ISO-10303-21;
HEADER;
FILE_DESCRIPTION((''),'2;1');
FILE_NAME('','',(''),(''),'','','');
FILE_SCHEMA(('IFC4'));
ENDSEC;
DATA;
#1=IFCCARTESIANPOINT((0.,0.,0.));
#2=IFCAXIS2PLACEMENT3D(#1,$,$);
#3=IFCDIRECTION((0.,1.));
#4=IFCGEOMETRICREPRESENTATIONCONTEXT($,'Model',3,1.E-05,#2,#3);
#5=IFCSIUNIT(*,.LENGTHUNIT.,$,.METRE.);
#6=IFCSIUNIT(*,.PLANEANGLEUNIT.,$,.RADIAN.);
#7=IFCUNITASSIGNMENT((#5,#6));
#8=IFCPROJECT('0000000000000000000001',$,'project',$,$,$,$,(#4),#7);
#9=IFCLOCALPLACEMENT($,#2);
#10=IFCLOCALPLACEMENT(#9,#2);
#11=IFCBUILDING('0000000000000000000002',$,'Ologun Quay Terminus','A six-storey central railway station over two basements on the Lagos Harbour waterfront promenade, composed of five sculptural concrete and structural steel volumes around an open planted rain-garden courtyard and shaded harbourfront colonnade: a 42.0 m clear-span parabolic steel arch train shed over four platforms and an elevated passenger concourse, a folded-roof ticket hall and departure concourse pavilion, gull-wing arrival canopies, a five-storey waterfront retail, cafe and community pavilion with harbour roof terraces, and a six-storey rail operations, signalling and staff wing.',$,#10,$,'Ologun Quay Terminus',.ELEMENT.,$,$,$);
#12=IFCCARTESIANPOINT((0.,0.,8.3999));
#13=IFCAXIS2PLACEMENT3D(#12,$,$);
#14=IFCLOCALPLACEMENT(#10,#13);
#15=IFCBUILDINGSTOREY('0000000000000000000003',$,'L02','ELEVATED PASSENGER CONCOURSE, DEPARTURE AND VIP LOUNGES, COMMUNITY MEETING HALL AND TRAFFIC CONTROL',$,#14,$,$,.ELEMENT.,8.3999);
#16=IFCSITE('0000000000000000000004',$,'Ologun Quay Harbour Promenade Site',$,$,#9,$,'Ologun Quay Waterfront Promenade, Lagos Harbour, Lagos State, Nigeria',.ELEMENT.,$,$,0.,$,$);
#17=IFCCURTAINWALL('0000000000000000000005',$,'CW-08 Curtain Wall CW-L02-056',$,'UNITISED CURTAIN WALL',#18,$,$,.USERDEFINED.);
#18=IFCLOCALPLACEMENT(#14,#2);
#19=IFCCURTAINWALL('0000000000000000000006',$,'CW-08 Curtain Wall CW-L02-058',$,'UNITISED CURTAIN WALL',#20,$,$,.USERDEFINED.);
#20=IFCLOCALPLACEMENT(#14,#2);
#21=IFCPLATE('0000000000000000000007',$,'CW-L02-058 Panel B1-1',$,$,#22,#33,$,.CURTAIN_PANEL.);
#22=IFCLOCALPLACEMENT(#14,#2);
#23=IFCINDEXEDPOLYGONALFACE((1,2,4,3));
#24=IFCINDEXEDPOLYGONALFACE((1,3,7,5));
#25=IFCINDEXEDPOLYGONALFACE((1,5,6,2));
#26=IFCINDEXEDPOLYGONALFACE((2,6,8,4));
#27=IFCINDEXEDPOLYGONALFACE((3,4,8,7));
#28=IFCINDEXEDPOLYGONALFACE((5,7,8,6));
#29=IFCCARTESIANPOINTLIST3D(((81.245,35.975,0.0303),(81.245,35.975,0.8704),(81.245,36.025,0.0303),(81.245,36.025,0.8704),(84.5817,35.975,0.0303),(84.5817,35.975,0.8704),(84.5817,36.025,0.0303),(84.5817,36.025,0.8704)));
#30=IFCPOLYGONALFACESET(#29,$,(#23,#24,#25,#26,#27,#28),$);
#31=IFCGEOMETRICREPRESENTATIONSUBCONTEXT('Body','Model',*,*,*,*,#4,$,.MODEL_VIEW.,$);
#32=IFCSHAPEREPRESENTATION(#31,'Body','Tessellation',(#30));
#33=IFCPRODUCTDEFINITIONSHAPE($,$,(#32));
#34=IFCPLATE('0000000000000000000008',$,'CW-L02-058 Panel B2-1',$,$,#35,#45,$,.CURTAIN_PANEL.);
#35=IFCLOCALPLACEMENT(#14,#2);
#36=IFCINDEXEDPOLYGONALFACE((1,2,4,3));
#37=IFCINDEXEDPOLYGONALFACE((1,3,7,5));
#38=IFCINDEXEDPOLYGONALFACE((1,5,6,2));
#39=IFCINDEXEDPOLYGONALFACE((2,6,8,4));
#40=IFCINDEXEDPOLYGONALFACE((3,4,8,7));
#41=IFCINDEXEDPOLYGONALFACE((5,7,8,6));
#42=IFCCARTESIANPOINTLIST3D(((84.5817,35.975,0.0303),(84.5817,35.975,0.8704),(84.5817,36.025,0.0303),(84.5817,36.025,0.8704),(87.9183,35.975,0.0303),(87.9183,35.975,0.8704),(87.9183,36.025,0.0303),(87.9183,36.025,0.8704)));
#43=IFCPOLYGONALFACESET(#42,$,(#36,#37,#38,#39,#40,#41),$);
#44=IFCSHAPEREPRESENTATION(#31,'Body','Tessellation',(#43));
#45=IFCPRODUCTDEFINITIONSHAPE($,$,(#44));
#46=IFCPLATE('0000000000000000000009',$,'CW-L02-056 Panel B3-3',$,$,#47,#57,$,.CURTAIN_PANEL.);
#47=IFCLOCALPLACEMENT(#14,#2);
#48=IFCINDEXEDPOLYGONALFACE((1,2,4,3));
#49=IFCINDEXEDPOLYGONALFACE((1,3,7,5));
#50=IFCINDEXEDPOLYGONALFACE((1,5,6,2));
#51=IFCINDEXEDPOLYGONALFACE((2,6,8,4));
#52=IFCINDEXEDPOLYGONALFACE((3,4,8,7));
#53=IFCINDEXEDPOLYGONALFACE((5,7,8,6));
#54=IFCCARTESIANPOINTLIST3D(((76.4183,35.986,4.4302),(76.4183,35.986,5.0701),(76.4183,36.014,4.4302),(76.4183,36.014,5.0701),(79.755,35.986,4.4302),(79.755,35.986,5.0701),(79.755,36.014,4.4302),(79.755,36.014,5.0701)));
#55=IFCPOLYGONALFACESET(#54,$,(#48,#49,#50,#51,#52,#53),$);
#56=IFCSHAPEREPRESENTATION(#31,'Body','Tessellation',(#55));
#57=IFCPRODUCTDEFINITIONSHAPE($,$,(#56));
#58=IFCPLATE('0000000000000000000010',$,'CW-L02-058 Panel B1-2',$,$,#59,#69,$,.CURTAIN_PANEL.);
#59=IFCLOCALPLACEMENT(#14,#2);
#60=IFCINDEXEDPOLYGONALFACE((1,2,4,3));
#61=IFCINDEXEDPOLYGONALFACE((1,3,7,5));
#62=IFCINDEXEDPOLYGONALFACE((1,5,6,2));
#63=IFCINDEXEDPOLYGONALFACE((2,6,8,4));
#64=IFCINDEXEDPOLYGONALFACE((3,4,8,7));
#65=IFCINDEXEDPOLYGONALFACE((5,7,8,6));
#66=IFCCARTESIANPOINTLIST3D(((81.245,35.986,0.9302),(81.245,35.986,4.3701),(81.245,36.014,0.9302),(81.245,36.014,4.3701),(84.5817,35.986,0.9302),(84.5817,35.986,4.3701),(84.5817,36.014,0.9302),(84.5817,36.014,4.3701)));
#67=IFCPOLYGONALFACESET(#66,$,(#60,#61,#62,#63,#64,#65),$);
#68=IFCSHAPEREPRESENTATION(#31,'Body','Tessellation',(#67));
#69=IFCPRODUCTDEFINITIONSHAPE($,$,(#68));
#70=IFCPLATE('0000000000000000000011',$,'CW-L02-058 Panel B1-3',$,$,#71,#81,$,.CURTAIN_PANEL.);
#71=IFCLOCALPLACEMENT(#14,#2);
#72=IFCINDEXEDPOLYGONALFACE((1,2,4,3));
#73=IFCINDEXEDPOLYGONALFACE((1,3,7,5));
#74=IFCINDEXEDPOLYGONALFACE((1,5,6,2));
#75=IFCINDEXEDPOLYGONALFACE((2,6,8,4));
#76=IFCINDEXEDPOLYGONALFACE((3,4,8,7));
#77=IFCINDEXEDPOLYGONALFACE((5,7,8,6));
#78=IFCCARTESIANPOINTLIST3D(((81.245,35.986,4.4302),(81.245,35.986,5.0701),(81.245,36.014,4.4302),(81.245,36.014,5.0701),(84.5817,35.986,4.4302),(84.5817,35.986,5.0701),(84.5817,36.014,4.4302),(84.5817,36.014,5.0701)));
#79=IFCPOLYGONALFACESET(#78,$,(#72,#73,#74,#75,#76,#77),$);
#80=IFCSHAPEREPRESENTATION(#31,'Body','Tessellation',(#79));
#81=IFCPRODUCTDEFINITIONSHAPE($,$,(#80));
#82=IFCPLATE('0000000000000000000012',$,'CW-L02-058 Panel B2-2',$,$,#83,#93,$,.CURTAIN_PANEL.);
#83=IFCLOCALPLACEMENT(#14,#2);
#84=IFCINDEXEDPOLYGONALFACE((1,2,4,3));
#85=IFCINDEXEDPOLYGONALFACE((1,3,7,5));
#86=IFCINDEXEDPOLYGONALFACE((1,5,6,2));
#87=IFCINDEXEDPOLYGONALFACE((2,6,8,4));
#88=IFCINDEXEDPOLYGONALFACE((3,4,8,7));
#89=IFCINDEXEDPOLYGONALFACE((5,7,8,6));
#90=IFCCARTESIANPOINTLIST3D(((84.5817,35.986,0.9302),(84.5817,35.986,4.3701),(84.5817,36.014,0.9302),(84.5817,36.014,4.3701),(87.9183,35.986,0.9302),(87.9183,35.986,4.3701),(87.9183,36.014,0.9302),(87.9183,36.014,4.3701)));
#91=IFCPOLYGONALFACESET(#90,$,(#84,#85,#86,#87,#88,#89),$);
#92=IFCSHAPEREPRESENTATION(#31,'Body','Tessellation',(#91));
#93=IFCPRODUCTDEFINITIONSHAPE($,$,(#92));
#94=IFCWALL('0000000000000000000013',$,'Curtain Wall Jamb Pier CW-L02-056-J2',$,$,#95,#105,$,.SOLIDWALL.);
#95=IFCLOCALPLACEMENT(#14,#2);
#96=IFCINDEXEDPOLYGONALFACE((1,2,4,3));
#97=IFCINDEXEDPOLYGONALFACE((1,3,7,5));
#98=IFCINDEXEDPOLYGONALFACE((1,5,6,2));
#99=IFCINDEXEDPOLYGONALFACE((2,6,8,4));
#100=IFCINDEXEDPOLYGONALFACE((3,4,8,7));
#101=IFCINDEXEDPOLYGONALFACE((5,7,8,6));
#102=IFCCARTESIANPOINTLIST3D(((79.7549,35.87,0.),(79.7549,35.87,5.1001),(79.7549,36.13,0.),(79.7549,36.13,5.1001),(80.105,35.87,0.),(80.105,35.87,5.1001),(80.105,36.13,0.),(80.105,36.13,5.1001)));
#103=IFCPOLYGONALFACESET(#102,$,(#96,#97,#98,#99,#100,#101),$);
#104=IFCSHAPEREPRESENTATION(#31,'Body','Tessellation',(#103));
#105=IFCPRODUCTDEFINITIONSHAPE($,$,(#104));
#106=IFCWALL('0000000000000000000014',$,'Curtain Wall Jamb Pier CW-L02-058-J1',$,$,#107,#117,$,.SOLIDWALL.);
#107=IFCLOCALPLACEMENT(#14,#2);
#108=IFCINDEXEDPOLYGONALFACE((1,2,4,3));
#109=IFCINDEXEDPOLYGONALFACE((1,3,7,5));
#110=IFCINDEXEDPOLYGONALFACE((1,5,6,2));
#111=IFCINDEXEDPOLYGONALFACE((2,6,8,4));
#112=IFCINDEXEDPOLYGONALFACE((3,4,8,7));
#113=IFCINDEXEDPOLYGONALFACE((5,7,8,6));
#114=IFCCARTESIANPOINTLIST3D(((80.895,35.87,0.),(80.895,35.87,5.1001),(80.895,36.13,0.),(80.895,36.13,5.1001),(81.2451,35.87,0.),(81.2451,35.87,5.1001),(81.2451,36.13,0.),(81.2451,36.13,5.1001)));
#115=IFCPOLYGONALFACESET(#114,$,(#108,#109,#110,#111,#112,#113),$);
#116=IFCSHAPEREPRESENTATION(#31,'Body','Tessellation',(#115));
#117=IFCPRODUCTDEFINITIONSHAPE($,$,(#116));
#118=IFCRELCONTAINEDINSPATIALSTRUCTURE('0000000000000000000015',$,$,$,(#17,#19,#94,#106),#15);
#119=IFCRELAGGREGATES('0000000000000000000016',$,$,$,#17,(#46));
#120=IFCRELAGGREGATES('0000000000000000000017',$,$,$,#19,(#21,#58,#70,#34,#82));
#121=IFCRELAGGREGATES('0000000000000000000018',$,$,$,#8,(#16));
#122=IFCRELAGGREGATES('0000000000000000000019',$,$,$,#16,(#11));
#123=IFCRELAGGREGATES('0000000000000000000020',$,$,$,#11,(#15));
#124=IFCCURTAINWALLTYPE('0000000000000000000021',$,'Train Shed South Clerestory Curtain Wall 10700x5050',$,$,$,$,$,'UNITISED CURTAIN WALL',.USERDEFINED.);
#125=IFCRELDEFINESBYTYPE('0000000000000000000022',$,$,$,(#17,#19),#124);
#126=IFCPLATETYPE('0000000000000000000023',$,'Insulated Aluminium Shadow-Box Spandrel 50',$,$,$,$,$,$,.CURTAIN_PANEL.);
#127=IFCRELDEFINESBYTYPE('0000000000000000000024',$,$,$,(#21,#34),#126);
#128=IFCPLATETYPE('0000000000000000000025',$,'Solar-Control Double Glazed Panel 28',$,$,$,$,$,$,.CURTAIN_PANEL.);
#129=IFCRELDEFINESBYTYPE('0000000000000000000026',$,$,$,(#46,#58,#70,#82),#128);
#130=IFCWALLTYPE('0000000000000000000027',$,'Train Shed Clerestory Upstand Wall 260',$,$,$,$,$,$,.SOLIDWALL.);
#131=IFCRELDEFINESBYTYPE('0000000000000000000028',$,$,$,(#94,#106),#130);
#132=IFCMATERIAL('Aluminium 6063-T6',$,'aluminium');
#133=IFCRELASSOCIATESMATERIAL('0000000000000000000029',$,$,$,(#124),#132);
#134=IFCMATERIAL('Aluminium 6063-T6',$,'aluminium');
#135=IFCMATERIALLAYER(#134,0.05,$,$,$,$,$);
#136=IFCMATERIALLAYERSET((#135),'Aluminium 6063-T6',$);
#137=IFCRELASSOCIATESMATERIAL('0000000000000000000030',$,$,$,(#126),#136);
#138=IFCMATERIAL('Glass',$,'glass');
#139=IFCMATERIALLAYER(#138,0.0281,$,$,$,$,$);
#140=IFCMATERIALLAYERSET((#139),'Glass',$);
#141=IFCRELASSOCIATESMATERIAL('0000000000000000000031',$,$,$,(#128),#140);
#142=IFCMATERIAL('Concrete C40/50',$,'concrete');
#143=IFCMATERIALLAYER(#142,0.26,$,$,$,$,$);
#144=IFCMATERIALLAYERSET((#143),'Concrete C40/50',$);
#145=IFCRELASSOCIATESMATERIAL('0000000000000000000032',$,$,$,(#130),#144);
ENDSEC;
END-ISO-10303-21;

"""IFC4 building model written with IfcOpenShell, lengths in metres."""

from ifc_helpers import new_model, si_unit, direction, frame, frame_2d, origin, origin_2d, place, context, subcontext, project, spatial, rectangle, extrude, material, layer, layer_set, type_object, element, aggregate, save


model = new_model("IFC4")

# Units and contexts
model_context = context("Model", 3, precision=1e-05, world=origin(), true_north=direction((0.0, 1.0)))
body_context = subcontext(model_context, "Body", "Model", "MODEL_VIEW")
ifc_project = project(units=[si_unit("LENGTHUNIT", "METRE"), si_unit("PLANEANGLEUNIT", "RADIAN")], contexts=[model_context])

# Site, building, storey
site_placement = place(None, origin())
site = spatial("IfcSite", under=ifc_project, at=site_placement, Name="Ologun Quay Harbour Promenade Site", LongName="Ologun Quay Waterfront Promenade, Lagos Harbour, Lagos State, Nigeria", CompositionType="ELEMENT", RefElevation=0.0)
building_placement = place(site_placement, origin())
building = spatial("IfcBuilding", under=site, at=building_placement, Name="Ologun Quay Terminus", Description="A six-storey central railway station over two basements on the Lagos Harbour waterfront promenade, composed of five sculptural concrete and structural steel volumes around an open planted rain-garden courtyard and shaded harbourfront colonnade: a 42.0 m clear-span parabolic steel arch train shed over four platforms and an elevated passenger concourse, a folded-roof ticket hall and departure concourse pavilion, gull-wing arrival canopies, a five-storey waterfront retail, cafe and community pavilion with harbour roof terraces, and a six-storey rail operations, signalling and staff wing.", LongName="Ologun Quay Terminus", CompositionType="ELEMENT")
storey_placement = place(building_placement, frame((0.0, 0.0, 8.3999)))
storey = spatial("IfcBuildingStorey", under=building, at=storey_placement, Name="L02", Description="ELEVATED PASSENGER CONCOURSE, DEPARTURE AND VIP LOUNGES, COMMUNITY MEETING HALL AND TRAFFIC CONTROL", CompositionType="ELEMENT", Elevation=8.3999)

# Curtain wall
ifc_material_1 = material(Name="Aluminium 6063-T6", Category="aluminium")
curtain_wall_type = type_object("IfcCurtainWallType", Name="Train Shed South Clerestory Curtain Wall 10700x5050", ElementType="UNITISED CURTAIN WALL", PredefinedType="USERDEFINED", material=ifc_material_1)
curtain_wall_1_placement = place(storey_placement, origin())
curtain_wall_1 = element("IfcCurtainWall", 1, at=curtain_wall_1_placement, inside=storey, type_object=curtain_wall_type, Name="CW-08 Curtain Wall CW-L02-056", ObjectType="UNITISED CURTAIN WALL", PredefinedType="USERDEFINED")

# Curtain wall
curtain_wall_2_placement = place(storey_placement, origin())
curtain_wall_2 = element("IfcCurtainWall", 2, at=curtain_wall_2_placement, inside=storey, type_object=curtain_wall_type, Name="CW-08 Curtain Wall CW-L02-058", ObjectType="UNITISED CURTAIN WALL", PredefinedType="USERDEFINED")

# Plates
ifc_material_2 = material(Name="Aluminium 6063-T6", Category="aluminium")
ifc_layer_1 = layer(ifc_material_2, 0.05)
ifc_layer_set_1 = layer_set([ifc_layer_1], Name="Aluminium 6063-T6")
plate_type_1 = type_object("IfcPlateType", Name="Insulated Aluminium Shadow-Box Spandrel 50", PredefinedType="CURTAIN_PANEL", material=ifc_layer_set_1)
plate_1_placement = place(storey_placement, frame((82.9133, 36.0, 0.0303), z_axis=(0.0, 0.0, 1.0), x_axis=(1.0, 0.0, 0.0)))
plate_1 = element("IfcPlate", 3, at=plate_1_placement, type_object=plate_type_1, Name="CW-L02-058 Panel B1-1", PredefinedType="CURTAIN_PANEL", context=body_context, shape_type="SweptSolid", body=[
    extrude(rectangle(XDim=3.3367, YDim=0.05, at=origin_2d()), origin(), (0.0, 0.0, 1.0), 0.8401),
])
plate_2_placement = place(storey_placement, frame((86.25, 36.0, 0.0303), z_axis=(0.0, 0.0, 1.0), x_axis=(1.0, 0.0, 0.0)))
plate_2 = element("IfcPlate", 4, at=plate_2_placement, type_object=plate_type_1, Name="CW-L02-058 Panel B2-1", PredefinedType="CURTAIN_PANEL", context=body_context, shape_type="SweptSolid", body=[
    extrude(rectangle(XDim=3.3367, YDim=0.05, at=origin_2d()), origin(), (0.0, 0.0, 1.0), 0.8401),
])
ifc_material_3 = material(Name="Glass", Category="glass")
ifc_layer_2 = layer(ifc_material_3, 0.0281)
ifc_layer_set_2 = layer_set([ifc_layer_2], Name="Glass")
plate_type_2 = type_object("IfcPlateType", Name="Solar-Control Double Glazed Panel 28", PredefinedType="CURTAIN_PANEL", material=ifc_layer_set_2)
plate_3_placement = place(storey_placement, frame((78.0867, 36.0, 4.4302), z_axis=(0.0, 0.0, 1.0), x_axis=(1.0, 0.0, 0.0)))
plate_3 = element("IfcPlate", 5, at=plate_3_placement, type_object=plate_type_2, Name="CW-L02-056 Panel B3-3", PredefinedType="CURTAIN_PANEL", context=body_context, shape_type="SweptSolid", body=[
    extrude(rectangle(XDim=3.3367, YDim=0.0281, at=origin_2d()), origin(), (0.0, 0.0, 1.0), 0.6399),
])
aggregate(curtain_wall_1, [plate_3])
plate_4_placement = place(storey_placement, frame((82.9133, 36.0, 0.9302), z_axis=(0.0, 0.0, 1.0), x_axis=(1.0, 0.0, 0.0)))
plate_4 = element("IfcPlate", 6, at=plate_4_placement, type_object=plate_type_2, Name="CW-L02-058 Panel B1-2", PredefinedType="CURTAIN_PANEL", context=body_context, shape_type="SweptSolid", body=[
    extrude(rectangle(XDim=3.3367, YDim=0.0281, at=origin_2d()), origin(), (0.0, 0.0, 1.0), 3.4399),
])
plate_5_placement = place(storey_placement, frame((82.9133, 36.0, 4.4302), z_axis=(0.0, 0.0, 1.0), x_axis=(1.0, 0.0, 0.0)))
plate_5 = element("IfcPlate", 7, at=plate_5_placement, type_object=plate_type_2, Name="CW-L02-058 Panel B1-3", PredefinedType="CURTAIN_PANEL", context=body_context, shape_type="SweptSolid", body=[
    extrude(rectangle(XDim=3.3367, YDim=0.0281, at=origin_2d()), origin(), (0.0, 0.0, 1.0), 0.6399),
])
plate_6_placement = place(storey_placement, frame((86.25, 36.0, 0.9302), z_axis=(0.0, 0.0, 1.0), x_axis=(1.0, 0.0, 0.0)))
plate_6 = element("IfcPlate", 8, at=plate_6_placement, type_object=plate_type_2, Name="CW-L02-058 Panel B2-2", PredefinedType="CURTAIN_PANEL", context=body_context, shape_type="SweptSolid", body=[
    extrude(rectangle(XDim=3.3367, YDim=0.0281, at=origin_2d()), origin(), (0.0, 0.0, 1.0), 3.4399),
])
aggregate(curtain_wall_2, [plate_1, plate_4, plate_5, plate_2, plate_6])

# Walls
ifc_material_4 = material(Name="Concrete C40/50", Category="concrete")
ifc_layer_3 = layer(ifc_material_4, 0.26)
ifc_layer_set_3 = layer_set([ifc_layer_3], Name="Concrete C40/50")
wall_type = type_object("IfcWallType", Name="Train Shed Clerestory Upstand Wall 260", PredefinedType="SOLIDWALL", material=ifc_layer_set_3)
for number, where, z_axis, x_axis, name in (
    (9, (79.7549, 36.0, 0.0), (0.0, 0.0, 1.0), (1.0, 0.0, 0.0), "Curtain Wall Jamb Pier CW-L02-056-J2"),
    (10, (80.895, 36.0, 0.0), (0.0, 0.0, 1.0), (1.0, 0.0, 0.0), "Curtain Wall Jamb Pier CW-L02-058-J1"),
):
    element("IfcWall", number, at=place(storey_placement, frame(where, z_axis=z_axis, x_axis=x_axis)), inside=storey, type_object=wall_type, Name=name, PredefinedType="SOLIDWALL", context=body_context, shape_type="SweptSolid", body=[
        extrude(rectangle(XDim=0.3501, YDim=0.26, at=frame_2d((0.175, 0.0))), origin(), (0.0, 0.0, 1.0), 5.1001),
    ])

save(model, "model.ifc")
